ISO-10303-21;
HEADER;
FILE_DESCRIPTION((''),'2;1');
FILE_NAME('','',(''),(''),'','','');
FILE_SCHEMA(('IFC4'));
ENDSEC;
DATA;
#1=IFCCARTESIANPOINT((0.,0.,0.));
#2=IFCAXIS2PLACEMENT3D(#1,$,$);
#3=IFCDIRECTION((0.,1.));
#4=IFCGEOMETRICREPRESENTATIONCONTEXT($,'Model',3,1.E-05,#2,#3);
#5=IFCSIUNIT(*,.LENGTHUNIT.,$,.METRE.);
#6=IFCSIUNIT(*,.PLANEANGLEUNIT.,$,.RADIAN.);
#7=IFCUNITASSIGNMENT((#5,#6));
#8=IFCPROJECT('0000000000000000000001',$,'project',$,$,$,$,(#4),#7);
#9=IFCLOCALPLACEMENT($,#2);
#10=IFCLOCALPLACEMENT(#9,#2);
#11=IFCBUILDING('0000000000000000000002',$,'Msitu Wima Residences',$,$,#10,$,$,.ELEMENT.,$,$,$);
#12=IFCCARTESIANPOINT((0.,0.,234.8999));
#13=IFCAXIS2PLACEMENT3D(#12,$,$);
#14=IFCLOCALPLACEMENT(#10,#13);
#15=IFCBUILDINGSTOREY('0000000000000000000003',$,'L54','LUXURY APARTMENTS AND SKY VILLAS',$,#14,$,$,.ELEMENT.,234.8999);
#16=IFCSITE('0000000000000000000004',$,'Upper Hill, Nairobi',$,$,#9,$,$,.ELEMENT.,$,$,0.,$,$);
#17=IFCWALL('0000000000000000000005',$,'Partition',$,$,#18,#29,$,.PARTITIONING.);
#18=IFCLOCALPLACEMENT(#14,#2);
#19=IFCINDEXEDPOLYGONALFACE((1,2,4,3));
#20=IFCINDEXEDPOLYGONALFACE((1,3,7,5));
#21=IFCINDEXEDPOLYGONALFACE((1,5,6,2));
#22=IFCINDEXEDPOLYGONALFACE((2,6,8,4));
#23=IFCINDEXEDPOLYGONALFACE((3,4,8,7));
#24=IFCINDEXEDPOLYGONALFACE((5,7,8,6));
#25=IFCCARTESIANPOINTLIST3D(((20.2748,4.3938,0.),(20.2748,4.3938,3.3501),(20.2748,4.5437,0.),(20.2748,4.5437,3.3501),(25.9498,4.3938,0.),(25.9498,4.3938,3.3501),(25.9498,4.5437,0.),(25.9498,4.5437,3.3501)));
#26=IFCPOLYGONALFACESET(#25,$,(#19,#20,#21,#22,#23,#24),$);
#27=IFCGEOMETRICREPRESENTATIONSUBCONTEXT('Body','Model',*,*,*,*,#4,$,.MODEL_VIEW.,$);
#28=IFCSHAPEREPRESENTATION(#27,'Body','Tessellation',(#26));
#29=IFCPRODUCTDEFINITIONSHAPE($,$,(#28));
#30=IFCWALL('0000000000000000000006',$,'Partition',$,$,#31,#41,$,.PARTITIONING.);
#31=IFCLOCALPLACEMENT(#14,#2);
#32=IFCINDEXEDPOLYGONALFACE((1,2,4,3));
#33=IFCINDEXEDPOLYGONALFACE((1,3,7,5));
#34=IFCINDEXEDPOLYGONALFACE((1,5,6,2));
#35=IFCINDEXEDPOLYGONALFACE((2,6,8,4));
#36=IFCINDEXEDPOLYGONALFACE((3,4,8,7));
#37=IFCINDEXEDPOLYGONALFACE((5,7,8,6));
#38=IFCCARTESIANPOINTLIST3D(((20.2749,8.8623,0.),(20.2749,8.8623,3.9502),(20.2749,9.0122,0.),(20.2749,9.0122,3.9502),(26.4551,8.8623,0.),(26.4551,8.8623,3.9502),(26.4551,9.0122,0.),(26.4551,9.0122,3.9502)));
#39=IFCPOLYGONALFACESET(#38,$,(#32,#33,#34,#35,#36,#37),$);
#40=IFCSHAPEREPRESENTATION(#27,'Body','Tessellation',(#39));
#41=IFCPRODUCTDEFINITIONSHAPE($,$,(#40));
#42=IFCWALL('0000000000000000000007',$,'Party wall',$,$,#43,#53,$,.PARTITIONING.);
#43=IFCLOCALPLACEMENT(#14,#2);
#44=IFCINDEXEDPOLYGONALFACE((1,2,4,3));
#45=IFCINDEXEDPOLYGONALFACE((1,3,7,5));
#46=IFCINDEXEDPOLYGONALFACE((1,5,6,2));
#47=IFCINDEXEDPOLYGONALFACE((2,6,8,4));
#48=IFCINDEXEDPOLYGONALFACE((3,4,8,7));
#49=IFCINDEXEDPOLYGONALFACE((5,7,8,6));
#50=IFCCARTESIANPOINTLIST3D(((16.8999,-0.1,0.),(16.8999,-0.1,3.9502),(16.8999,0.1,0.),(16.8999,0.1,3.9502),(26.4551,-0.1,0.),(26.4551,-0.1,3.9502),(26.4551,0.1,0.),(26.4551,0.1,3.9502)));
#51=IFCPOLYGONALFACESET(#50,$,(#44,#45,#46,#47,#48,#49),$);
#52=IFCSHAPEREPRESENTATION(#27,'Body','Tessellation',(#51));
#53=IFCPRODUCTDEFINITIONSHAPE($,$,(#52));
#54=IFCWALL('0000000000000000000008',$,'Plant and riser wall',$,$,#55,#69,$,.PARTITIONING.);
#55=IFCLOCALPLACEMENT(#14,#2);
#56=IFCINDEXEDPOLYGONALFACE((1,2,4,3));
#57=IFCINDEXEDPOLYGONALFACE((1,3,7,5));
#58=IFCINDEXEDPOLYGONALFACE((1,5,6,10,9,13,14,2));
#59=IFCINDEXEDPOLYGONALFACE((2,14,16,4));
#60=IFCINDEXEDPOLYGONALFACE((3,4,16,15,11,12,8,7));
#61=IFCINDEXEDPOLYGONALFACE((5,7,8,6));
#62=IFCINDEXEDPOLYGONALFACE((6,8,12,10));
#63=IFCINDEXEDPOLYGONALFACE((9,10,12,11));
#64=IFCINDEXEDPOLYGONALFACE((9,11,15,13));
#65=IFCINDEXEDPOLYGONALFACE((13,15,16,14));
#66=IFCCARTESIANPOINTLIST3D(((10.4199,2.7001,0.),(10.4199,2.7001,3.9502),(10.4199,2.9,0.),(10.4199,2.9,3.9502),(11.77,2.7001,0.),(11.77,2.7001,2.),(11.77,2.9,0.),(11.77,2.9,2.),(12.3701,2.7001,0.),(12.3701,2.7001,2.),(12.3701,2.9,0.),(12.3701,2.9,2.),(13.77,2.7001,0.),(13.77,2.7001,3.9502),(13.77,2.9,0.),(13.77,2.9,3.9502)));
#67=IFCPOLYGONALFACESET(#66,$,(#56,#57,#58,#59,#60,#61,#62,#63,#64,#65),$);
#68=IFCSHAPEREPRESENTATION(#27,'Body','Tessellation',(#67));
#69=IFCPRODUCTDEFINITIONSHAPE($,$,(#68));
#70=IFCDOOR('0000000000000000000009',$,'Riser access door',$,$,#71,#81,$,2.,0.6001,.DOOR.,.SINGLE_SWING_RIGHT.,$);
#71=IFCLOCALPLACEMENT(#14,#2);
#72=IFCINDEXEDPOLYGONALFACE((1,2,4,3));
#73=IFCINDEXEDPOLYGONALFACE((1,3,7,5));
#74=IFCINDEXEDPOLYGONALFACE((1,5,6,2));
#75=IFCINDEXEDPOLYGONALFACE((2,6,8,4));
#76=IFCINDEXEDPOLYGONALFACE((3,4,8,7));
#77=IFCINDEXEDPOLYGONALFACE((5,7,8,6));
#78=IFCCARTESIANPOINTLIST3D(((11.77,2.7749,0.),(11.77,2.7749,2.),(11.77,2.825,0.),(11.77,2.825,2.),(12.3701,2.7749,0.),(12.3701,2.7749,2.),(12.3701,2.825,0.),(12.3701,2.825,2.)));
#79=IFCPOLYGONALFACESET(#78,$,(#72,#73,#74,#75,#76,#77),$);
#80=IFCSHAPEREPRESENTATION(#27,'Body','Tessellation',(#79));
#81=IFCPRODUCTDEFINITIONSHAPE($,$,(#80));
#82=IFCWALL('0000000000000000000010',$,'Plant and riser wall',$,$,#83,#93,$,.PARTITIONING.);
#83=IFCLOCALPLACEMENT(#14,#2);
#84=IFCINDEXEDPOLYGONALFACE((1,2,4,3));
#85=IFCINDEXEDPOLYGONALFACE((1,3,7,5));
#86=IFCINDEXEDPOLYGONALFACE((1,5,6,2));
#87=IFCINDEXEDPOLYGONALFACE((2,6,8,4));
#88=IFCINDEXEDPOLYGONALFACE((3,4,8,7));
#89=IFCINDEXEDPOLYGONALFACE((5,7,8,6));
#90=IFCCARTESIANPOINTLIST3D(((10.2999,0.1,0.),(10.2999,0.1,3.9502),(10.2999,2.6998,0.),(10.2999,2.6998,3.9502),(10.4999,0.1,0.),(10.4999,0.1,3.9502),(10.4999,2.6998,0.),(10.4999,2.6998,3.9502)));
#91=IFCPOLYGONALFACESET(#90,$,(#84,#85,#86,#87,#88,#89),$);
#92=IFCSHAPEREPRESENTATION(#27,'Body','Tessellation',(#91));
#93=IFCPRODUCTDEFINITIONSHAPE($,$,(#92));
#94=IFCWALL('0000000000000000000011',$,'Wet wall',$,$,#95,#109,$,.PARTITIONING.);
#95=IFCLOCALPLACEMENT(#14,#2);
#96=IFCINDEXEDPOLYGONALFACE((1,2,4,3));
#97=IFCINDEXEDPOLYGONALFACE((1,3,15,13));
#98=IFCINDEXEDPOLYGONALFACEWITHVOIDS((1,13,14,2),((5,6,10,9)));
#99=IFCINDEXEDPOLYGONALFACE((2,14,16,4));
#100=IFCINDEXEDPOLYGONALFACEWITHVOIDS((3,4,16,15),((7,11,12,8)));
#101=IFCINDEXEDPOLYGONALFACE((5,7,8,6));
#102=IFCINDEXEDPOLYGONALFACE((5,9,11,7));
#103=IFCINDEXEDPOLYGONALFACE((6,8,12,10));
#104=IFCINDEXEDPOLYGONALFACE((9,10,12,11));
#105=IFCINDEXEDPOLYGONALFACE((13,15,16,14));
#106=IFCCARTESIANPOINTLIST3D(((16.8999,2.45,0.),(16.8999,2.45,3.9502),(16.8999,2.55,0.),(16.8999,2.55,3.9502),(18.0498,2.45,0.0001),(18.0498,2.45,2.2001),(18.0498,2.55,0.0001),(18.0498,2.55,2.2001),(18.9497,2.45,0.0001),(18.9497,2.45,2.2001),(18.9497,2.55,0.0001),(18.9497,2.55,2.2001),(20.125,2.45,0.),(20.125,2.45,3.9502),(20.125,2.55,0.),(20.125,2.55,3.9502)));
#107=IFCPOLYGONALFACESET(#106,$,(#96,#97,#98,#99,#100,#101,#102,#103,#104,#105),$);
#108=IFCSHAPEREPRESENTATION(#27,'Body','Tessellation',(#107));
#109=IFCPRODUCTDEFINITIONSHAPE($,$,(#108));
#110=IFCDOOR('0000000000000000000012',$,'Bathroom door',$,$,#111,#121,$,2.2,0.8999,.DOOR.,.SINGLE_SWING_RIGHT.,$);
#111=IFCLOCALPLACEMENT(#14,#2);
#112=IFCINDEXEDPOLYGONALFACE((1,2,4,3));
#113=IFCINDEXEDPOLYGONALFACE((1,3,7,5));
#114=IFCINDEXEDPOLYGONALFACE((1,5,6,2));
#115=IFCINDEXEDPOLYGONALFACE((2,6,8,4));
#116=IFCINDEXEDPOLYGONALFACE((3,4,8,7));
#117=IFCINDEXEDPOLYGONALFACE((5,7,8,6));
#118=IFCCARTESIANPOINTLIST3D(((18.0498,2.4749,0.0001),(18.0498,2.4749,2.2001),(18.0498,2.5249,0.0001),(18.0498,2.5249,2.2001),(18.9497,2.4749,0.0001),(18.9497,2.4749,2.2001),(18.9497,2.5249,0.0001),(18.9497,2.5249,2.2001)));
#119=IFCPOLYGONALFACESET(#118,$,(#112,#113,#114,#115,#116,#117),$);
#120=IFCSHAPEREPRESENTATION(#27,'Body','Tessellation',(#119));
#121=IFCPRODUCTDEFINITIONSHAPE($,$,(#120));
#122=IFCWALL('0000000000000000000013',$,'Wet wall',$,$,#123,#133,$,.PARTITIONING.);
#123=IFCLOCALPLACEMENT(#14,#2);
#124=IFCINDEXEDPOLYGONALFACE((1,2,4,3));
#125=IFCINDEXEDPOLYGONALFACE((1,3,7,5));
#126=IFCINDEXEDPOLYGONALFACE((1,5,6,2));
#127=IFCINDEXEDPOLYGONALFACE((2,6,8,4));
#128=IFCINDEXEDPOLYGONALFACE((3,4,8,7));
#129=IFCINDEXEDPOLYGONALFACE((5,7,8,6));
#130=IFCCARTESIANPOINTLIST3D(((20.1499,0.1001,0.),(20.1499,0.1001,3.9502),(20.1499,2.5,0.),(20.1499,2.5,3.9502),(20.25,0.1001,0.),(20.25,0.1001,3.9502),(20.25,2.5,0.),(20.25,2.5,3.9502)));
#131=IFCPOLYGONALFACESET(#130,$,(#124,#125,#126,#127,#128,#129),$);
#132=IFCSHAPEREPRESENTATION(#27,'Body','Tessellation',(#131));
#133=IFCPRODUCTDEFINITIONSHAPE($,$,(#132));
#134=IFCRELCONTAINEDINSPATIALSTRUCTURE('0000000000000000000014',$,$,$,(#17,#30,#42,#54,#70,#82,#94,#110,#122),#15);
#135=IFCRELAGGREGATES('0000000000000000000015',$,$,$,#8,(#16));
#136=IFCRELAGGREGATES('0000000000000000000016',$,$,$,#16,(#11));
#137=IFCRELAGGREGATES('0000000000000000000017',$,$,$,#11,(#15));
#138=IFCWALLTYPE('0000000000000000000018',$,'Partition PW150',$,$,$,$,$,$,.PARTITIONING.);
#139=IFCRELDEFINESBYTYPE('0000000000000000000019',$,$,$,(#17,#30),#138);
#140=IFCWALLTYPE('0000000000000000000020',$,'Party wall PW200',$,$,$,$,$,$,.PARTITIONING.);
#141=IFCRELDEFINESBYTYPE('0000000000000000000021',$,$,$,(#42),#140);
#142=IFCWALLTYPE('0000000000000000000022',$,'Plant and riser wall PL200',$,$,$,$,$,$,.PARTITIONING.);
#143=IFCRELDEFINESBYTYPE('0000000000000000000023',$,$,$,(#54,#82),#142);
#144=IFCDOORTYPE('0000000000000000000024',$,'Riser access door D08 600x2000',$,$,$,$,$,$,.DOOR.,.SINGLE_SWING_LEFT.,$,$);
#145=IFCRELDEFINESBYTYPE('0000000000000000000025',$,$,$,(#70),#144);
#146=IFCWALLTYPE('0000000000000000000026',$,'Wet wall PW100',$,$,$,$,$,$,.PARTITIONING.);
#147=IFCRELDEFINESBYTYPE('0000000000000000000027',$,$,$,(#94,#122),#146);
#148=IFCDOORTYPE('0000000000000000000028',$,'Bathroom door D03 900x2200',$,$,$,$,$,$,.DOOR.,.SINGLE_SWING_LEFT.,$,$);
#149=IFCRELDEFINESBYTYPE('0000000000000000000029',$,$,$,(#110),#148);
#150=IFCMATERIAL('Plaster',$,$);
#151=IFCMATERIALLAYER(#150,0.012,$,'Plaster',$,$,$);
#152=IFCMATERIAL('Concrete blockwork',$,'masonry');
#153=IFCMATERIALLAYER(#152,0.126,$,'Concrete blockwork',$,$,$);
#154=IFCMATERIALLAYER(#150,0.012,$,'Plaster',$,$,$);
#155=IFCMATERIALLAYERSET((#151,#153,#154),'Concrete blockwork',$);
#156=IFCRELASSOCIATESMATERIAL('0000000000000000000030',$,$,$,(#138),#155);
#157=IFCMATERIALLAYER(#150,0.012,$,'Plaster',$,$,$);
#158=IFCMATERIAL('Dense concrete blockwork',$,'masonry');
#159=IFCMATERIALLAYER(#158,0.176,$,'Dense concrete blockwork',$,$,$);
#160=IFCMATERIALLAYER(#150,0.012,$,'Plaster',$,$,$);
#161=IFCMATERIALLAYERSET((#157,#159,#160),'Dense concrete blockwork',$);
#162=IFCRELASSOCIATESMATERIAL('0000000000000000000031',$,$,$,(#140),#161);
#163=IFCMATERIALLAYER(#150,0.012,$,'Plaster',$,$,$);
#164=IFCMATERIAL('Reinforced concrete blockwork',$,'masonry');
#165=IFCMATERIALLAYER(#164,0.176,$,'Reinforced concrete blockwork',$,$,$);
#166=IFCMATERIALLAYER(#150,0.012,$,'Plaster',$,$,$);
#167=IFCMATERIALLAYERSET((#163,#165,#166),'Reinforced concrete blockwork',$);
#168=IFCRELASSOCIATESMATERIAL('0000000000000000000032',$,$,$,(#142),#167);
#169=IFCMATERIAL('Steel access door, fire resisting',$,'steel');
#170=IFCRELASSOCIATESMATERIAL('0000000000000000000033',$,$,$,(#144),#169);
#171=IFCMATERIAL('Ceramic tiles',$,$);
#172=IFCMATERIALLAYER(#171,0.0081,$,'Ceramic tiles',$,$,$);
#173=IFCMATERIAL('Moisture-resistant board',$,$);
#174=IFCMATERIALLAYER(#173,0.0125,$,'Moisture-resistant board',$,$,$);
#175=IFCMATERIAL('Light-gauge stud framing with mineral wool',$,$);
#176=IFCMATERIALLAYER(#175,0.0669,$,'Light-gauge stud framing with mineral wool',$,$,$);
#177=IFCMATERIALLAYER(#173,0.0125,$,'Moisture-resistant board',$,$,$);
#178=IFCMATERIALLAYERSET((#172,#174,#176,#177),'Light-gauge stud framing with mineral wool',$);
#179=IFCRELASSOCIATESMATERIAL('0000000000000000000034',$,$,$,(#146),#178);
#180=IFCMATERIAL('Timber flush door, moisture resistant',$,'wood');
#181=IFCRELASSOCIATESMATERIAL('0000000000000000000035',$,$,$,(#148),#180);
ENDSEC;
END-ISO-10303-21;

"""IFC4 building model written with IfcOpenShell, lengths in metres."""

from ifc_helpers import new_model, si_unit, direction, frame, frame_2d, origin, place, context, subcontext, project, spatial, rectangle, extrude, material, layer, layer_set, type_object, element, fill, save


model = new_model("IFC4")

# Units and contexts
model_context = context("Model", 3, precision=1e-05, world=origin(), true_north=direction((0.0, 1.0)))
body_context = subcontext(model_context, "Body", "Model", "MODEL_VIEW")
ifc_project = project(units=[si_unit("LENGTHUNIT", "METRE"), si_unit("PLANEANGLEUNIT", "RADIAN")], contexts=[model_context])

# Site, building, storey
site_placement = place(None, origin())
site = spatial("IfcSite", under=ifc_project, at=site_placement, Name="Upper Hill, Nairobi", CompositionType="ELEMENT", RefElevation=0.0)
building_placement = place(site_placement, origin())
building = spatial("IfcBuilding", under=site, at=building_placement, Name="Msitu Wima Residences", CompositionType="ELEMENT")
storey_placement = place(building_placement, frame((0.0, 0.0, 234.8999)))
storey = spatial("IfcBuildingStorey", under=building, at=storey_placement, Name="L54", Description="LUXURY APARTMENTS AND SKY VILLAS", CompositionType="ELEMENT", Elevation=234.8999)

# Shared definitions
ifc_material_1 = material(Name="Plaster")
ifc_layer_1 = layer(ifc_material_1, 0.012, Name="Plaster")
ifc_material_2 = material(Name="Concrete blockwork", Category="masonry")
ifc_layer_2 = layer(ifc_material_2, 0.126, Name="Concrete blockwork")
ifc_layer_3 = layer(ifc_material_1, 0.012, Name="Plaster")
ifc_layer_set_1 = layer_set([ifc_layer_1, ifc_layer_2, ifc_layer_3], Name="Concrete blockwork")
wall_type_1 = type_object("IfcWallType", Name="Partition PW150", PredefinedType="PARTITIONING", material=ifc_layer_set_1)

# Walls
wall_1_placement = place(storey_placement, frame((20.2749, 4.4688, 0.0), z_axis=(0.0, 0.0, 1.0), x_axis=(1.0, 0.0, 0.0)))
element("IfcWall", 1, at=wall_1_placement, inside=storey, type_object=wall_type_1, Name="Partition", PredefinedType="PARTITIONING", context=body_context, shape_type="SweptSolid", body=[
    extrude(rectangle(XDim=5.675, YDim=0.1499, at=frame_2d((2.8374, 0.0))), origin(), (0.0, 0.0, 1.0), 3.3501),
])
wall_2_placement = place(storey_placement, frame((20.2749, 8.9373, 0.0), z_axis=(0.0, 0.0, 1.0), x_axis=(1.0, 0.0, 0.0)))
element("IfcWall", 2, at=wall_2_placement, inside=storey, type_object=wall_type_1, Name="Partition", PredefinedType="PARTITIONING", context=body_context, shape_type="SweptSolid", body=[
    extrude(rectangle(XDim=6.1802, YDim=0.1499, at=frame_2d((3.0901, 0.0))), origin(), (0.0, 0.0, 1.0), 3.9502),
])
ifc_layer_4 = layer(ifc_material_1, 0.012, Name="Plaster")
ifc_material_3 = material(Name="Dense concrete blockwork", Category="masonry")
ifc_layer_5 = layer(ifc_material_3, 0.176, Name="Dense concrete blockwork")
ifc_layer_6 = layer(ifc_material_1, 0.012, Name="Plaster")
ifc_layer_set_2 = layer_set([ifc_layer_4, ifc_layer_5, ifc_layer_6], Name="Dense concrete blockwork")
wall_type_2 = type_object("IfcWallType", Name="Party wall PW200", PredefinedType="PARTITIONING", material=ifc_layer_set_2)
wall_3_placement = place(storey_placement, frame((16.8999, 0.0, 0.0), z_axis=(0.0, 0.0, 1.0), x_axis=(1.0, 0.0, 0.0)))
element("IfcWall", 3, at=wall_3_placement, inside=storey, type_object=wall_type_2, Name="Party wall", PredefinedType="PARTITIONING", context=body_context, shape_type="SweptSolid", body=[
    extrude(rectangle(XDim=9.5552, YDim=0.2, at=frame_2d((4.7776, 0.0))), origin(), (0.0, 0.0, 1.0), 3.9502),
])

# Wall, opening, door
ifc_layer_7 = layer(ifc_material_1, 0.012, Name="Plaster")
ifc_material_4 = material(Name="Reinforced concrete blockwork", Category="masonry")
ifc_layer_8 = layer(ifc_material_4, 0.176, Name="Reinforced concrete blockwork")
ifc_layer_9 = layer(ifc_material_1, 0.012, Name="Plaster")
ifc_layer_set_3 = layer_set([ifc_layer_7, ifc_layer_8, ifc_layer_9], Name="Reinforced concrete blockwork")
wall_type_3 = type_object("IfcWallType", Name="Plant and riser wall PL200", PredefinedType="PARTITIONING", material=ifc_layer_set_3)
wall_4_placement = place(storey_placement, frame((10.4199, 2.8, 0.0), z_axis=(0.0, 0.0, 1.0), x_axis=(1.0, 0.0, 0.0)))
wall_4 = element("IfcWall", 4, at=wall_4_placement, inside=storey, type_object=wall_type_3, Name="Plant and riser wall", PredefinedType="PARTITIONING", context=body_context, shape_type="SweptSolid", body=[
    extrude(rectangle(XDim=3.3501, YDim=0.2, at=frame_2d((1.675, 0.0))), origin(), (0.0, 0.0, 1.0), 3.9502),
])
opening_1_placement = place(wall_4_placement, frame((1.3501, 0.0, 0.0)))
opening_1 = element("IfcOpeningElement", 5, at=opening_1_placement, cuts=wall_4, PredefinedType="OPENING", context=body_context, shape_type="SweptSolid", body=[
    extrude(rectangle(XDim=0.6001, YDim=2.0, at=frame_2d((0.3, 1.0))), frame((0.0, 0.1099, 0.0), z_axis=(0.0, -1.0, 0.0), x_axis=(1.0, 0.0, 0.0)), (0.0, 0.0, 1.0), 0.22),
])
ifc_material_5 = material(Name="Steel access door, fire resisting", Category="steel")
door_type_1 = type_object("IfcDoorType", Name="Riser access door D08 600x2000", OperationType="SINGLE_SWING_LEFT", PredefinedType="DOOR", material=ifc_material_5)
door_1_placement = place(opening_1_placement, origin())
door_1 = element("IfcDoor", 6, at=door_1_placement, inside=storey, type_object=door_type_1, Name="Riser access door", OperationType="SINGLE_SWING_RIGHT", OverallHeight=2.0, OverallWidth=0.6001, PredefinedType="DOOR", context=body_context, shape_type="SweptSolid", body=[
    extrude(rectangle(XDim=0.6001, YDim=2.0, at=frame_2d((0.3, 1.0))), frame((0.0, 0.0249, 0.0), z_axis=(0.0, -1.0, 0.0), x_axis=(1.0, 0.0, 0.0)), (0.0, 0.0, 1.0), 0.05),
])
fill(opening_1, door_1)

# Wall
wall_5_placement = place(storey_placement, frame((10.3999, 0.1001, 0.0), z_axis=(0.0, 0.0, 1.0), x_axis=(0.0, 1.0, 0.0)))
element("IfcWall", 7, at=wall_5_placement, inside=storey, type_object=wall_type_3, Name="Plant and riser wall", PredefinedType="PARTITIONING", context=body_context, shape_type="SweptSolid", body=[
    extrude(rectangle(XDim=2.5999, YDim=0.2, at=frame_2d((1.2998, 0.0))), origin(), (0.0, 0.0, 1.0), 3.9502),
])

# Wall, opening, door
ifc_material_6 = material(Name="Ceramic tiles")
ifc_layer_10 = layer(ifc_material_6, 0.0081, Name="Ceramic tiles")
ifc_material_7 = material(Name="Moisture-resistant board")
ifc_layer_11 = layer(ifc_material_7, 0.0125, Name="Moisture-resistant board")
ifc_material_8 = material(Name="Light-gauge stud framing with mineral wool")
ifc_layer_12 = layer(ifc_material_8, 0.0669, Name="Light-gauge stud framing with mineral wool")
ifc_layer_13 = layer(ifc_material_7, 0.0125, Name="Moisture-resistant board")
ifc_layer_set_4 = layer_set([ifc_layer_10, ifc_layer_11, ifc_layer_12, ifc_layer_13], Name="Light-gauge stud framing with mineral wool")
wall_type_4 = type_object("IfcWallType", Name="Wet wall PW100", PredefinedType="PARTITIONING", material=ifc_layer_set_4)
wall_6_placement = place(storey_placement, frame((16.8999, 2.5, 0.0), z_axis=(0.0, 0.0, 1.0), x_axis=(1.0, 0.0, 0.0)))
wall_6 = element("IfcWall", 8, at=wall_6_placement, inside=storey, type_object=wall_type_4, Name="Wet wall", PredefinedType="PARTITIONING", context=body_context, shape_type="SweptSolid", body=[
    extrude(rectangle(XDim=3.2251, YDim=0.1001, at=frame_2d((1.6125, 0.0))), origin(), (0.0, 0.0, 1.0), 3.9502),
])
opening_2_placement = place(wall_6_placement, frame((1.1499, 0.0, 0.0)))
opening_2 = element("IfcOpeningElement", 9, at=opening_2_placement, cuts=wall_6, PredefinedType="OPENING", context=body_context, shape_type="SweptSolid", body=[
    extrude(rectangle(XDim=0.8999, YDim=2.2, at=frame_2d((0.45, 1.1001))), frame((0.0, 0.0601, 0.0), z_axis=(0.0, -1.0, 0.0), x_axis=(1.0, 0.0, 0.0)), (0.0, 0.0, 1.0), 0.1201),
])
ifc_material_9 = material(Name="Timber flush door, moisture resistant", Category="wood")
door_type_2 = type_object("IfcDoorType", Name="Bathroom door D03 900x2200", OperationType="SINGLE_SWING_LEFT", PredefinedType="DOOR", material=ifc_material_9)
door_2_placement = place(opening_2_placement, origin())
door_2 = element("IfcDoor", 10, at=door_2_placement, inside=storey, type_object=door_type_2, Name="Bathroom door", OperationType="SINGLE_SWING_RIGHT", OverallHeight=2.2, OverallWidth=0.8999, PredefinedType="DOOR", context=body_context, shape_type="SweptSolid", body=[
    extrude(rectangle(XDim=0.8999, YDim=2.2, at=frame_2d((0.45, 1.1001))), frame((0.0, 0.0249, 0.0), z_axis=(0.0, -1.0, 0.0), x_axis=(1.0, 0.0, 0.0)), (0.0, 0.0, 1.0), 0.05),
])
fill(opening_2, door_2)

# Wall
wall_7_placement = place(storey_placement, frame((20.2, 0.1001, 0.0), z_axis=(0.0, 0.0, 1.0), x_axis=(0.0, 1.0, 0.0)))
element("IfcWall", 11, at=wall_7_placement, inside=storey, type_object=wall_type_4, Name="Wet wall", PredefinedType="PARTITIONING", context=body_context, shape_type="SweptSolid", body=[
    extrude(rectangle(XDim=2.3999, YDim=0.1001, at=frame_2d((1.2, 0.0))), origin(), (0.0, 0.0, 1.0), 3.9502),
])

save(model, "model.ifc")
